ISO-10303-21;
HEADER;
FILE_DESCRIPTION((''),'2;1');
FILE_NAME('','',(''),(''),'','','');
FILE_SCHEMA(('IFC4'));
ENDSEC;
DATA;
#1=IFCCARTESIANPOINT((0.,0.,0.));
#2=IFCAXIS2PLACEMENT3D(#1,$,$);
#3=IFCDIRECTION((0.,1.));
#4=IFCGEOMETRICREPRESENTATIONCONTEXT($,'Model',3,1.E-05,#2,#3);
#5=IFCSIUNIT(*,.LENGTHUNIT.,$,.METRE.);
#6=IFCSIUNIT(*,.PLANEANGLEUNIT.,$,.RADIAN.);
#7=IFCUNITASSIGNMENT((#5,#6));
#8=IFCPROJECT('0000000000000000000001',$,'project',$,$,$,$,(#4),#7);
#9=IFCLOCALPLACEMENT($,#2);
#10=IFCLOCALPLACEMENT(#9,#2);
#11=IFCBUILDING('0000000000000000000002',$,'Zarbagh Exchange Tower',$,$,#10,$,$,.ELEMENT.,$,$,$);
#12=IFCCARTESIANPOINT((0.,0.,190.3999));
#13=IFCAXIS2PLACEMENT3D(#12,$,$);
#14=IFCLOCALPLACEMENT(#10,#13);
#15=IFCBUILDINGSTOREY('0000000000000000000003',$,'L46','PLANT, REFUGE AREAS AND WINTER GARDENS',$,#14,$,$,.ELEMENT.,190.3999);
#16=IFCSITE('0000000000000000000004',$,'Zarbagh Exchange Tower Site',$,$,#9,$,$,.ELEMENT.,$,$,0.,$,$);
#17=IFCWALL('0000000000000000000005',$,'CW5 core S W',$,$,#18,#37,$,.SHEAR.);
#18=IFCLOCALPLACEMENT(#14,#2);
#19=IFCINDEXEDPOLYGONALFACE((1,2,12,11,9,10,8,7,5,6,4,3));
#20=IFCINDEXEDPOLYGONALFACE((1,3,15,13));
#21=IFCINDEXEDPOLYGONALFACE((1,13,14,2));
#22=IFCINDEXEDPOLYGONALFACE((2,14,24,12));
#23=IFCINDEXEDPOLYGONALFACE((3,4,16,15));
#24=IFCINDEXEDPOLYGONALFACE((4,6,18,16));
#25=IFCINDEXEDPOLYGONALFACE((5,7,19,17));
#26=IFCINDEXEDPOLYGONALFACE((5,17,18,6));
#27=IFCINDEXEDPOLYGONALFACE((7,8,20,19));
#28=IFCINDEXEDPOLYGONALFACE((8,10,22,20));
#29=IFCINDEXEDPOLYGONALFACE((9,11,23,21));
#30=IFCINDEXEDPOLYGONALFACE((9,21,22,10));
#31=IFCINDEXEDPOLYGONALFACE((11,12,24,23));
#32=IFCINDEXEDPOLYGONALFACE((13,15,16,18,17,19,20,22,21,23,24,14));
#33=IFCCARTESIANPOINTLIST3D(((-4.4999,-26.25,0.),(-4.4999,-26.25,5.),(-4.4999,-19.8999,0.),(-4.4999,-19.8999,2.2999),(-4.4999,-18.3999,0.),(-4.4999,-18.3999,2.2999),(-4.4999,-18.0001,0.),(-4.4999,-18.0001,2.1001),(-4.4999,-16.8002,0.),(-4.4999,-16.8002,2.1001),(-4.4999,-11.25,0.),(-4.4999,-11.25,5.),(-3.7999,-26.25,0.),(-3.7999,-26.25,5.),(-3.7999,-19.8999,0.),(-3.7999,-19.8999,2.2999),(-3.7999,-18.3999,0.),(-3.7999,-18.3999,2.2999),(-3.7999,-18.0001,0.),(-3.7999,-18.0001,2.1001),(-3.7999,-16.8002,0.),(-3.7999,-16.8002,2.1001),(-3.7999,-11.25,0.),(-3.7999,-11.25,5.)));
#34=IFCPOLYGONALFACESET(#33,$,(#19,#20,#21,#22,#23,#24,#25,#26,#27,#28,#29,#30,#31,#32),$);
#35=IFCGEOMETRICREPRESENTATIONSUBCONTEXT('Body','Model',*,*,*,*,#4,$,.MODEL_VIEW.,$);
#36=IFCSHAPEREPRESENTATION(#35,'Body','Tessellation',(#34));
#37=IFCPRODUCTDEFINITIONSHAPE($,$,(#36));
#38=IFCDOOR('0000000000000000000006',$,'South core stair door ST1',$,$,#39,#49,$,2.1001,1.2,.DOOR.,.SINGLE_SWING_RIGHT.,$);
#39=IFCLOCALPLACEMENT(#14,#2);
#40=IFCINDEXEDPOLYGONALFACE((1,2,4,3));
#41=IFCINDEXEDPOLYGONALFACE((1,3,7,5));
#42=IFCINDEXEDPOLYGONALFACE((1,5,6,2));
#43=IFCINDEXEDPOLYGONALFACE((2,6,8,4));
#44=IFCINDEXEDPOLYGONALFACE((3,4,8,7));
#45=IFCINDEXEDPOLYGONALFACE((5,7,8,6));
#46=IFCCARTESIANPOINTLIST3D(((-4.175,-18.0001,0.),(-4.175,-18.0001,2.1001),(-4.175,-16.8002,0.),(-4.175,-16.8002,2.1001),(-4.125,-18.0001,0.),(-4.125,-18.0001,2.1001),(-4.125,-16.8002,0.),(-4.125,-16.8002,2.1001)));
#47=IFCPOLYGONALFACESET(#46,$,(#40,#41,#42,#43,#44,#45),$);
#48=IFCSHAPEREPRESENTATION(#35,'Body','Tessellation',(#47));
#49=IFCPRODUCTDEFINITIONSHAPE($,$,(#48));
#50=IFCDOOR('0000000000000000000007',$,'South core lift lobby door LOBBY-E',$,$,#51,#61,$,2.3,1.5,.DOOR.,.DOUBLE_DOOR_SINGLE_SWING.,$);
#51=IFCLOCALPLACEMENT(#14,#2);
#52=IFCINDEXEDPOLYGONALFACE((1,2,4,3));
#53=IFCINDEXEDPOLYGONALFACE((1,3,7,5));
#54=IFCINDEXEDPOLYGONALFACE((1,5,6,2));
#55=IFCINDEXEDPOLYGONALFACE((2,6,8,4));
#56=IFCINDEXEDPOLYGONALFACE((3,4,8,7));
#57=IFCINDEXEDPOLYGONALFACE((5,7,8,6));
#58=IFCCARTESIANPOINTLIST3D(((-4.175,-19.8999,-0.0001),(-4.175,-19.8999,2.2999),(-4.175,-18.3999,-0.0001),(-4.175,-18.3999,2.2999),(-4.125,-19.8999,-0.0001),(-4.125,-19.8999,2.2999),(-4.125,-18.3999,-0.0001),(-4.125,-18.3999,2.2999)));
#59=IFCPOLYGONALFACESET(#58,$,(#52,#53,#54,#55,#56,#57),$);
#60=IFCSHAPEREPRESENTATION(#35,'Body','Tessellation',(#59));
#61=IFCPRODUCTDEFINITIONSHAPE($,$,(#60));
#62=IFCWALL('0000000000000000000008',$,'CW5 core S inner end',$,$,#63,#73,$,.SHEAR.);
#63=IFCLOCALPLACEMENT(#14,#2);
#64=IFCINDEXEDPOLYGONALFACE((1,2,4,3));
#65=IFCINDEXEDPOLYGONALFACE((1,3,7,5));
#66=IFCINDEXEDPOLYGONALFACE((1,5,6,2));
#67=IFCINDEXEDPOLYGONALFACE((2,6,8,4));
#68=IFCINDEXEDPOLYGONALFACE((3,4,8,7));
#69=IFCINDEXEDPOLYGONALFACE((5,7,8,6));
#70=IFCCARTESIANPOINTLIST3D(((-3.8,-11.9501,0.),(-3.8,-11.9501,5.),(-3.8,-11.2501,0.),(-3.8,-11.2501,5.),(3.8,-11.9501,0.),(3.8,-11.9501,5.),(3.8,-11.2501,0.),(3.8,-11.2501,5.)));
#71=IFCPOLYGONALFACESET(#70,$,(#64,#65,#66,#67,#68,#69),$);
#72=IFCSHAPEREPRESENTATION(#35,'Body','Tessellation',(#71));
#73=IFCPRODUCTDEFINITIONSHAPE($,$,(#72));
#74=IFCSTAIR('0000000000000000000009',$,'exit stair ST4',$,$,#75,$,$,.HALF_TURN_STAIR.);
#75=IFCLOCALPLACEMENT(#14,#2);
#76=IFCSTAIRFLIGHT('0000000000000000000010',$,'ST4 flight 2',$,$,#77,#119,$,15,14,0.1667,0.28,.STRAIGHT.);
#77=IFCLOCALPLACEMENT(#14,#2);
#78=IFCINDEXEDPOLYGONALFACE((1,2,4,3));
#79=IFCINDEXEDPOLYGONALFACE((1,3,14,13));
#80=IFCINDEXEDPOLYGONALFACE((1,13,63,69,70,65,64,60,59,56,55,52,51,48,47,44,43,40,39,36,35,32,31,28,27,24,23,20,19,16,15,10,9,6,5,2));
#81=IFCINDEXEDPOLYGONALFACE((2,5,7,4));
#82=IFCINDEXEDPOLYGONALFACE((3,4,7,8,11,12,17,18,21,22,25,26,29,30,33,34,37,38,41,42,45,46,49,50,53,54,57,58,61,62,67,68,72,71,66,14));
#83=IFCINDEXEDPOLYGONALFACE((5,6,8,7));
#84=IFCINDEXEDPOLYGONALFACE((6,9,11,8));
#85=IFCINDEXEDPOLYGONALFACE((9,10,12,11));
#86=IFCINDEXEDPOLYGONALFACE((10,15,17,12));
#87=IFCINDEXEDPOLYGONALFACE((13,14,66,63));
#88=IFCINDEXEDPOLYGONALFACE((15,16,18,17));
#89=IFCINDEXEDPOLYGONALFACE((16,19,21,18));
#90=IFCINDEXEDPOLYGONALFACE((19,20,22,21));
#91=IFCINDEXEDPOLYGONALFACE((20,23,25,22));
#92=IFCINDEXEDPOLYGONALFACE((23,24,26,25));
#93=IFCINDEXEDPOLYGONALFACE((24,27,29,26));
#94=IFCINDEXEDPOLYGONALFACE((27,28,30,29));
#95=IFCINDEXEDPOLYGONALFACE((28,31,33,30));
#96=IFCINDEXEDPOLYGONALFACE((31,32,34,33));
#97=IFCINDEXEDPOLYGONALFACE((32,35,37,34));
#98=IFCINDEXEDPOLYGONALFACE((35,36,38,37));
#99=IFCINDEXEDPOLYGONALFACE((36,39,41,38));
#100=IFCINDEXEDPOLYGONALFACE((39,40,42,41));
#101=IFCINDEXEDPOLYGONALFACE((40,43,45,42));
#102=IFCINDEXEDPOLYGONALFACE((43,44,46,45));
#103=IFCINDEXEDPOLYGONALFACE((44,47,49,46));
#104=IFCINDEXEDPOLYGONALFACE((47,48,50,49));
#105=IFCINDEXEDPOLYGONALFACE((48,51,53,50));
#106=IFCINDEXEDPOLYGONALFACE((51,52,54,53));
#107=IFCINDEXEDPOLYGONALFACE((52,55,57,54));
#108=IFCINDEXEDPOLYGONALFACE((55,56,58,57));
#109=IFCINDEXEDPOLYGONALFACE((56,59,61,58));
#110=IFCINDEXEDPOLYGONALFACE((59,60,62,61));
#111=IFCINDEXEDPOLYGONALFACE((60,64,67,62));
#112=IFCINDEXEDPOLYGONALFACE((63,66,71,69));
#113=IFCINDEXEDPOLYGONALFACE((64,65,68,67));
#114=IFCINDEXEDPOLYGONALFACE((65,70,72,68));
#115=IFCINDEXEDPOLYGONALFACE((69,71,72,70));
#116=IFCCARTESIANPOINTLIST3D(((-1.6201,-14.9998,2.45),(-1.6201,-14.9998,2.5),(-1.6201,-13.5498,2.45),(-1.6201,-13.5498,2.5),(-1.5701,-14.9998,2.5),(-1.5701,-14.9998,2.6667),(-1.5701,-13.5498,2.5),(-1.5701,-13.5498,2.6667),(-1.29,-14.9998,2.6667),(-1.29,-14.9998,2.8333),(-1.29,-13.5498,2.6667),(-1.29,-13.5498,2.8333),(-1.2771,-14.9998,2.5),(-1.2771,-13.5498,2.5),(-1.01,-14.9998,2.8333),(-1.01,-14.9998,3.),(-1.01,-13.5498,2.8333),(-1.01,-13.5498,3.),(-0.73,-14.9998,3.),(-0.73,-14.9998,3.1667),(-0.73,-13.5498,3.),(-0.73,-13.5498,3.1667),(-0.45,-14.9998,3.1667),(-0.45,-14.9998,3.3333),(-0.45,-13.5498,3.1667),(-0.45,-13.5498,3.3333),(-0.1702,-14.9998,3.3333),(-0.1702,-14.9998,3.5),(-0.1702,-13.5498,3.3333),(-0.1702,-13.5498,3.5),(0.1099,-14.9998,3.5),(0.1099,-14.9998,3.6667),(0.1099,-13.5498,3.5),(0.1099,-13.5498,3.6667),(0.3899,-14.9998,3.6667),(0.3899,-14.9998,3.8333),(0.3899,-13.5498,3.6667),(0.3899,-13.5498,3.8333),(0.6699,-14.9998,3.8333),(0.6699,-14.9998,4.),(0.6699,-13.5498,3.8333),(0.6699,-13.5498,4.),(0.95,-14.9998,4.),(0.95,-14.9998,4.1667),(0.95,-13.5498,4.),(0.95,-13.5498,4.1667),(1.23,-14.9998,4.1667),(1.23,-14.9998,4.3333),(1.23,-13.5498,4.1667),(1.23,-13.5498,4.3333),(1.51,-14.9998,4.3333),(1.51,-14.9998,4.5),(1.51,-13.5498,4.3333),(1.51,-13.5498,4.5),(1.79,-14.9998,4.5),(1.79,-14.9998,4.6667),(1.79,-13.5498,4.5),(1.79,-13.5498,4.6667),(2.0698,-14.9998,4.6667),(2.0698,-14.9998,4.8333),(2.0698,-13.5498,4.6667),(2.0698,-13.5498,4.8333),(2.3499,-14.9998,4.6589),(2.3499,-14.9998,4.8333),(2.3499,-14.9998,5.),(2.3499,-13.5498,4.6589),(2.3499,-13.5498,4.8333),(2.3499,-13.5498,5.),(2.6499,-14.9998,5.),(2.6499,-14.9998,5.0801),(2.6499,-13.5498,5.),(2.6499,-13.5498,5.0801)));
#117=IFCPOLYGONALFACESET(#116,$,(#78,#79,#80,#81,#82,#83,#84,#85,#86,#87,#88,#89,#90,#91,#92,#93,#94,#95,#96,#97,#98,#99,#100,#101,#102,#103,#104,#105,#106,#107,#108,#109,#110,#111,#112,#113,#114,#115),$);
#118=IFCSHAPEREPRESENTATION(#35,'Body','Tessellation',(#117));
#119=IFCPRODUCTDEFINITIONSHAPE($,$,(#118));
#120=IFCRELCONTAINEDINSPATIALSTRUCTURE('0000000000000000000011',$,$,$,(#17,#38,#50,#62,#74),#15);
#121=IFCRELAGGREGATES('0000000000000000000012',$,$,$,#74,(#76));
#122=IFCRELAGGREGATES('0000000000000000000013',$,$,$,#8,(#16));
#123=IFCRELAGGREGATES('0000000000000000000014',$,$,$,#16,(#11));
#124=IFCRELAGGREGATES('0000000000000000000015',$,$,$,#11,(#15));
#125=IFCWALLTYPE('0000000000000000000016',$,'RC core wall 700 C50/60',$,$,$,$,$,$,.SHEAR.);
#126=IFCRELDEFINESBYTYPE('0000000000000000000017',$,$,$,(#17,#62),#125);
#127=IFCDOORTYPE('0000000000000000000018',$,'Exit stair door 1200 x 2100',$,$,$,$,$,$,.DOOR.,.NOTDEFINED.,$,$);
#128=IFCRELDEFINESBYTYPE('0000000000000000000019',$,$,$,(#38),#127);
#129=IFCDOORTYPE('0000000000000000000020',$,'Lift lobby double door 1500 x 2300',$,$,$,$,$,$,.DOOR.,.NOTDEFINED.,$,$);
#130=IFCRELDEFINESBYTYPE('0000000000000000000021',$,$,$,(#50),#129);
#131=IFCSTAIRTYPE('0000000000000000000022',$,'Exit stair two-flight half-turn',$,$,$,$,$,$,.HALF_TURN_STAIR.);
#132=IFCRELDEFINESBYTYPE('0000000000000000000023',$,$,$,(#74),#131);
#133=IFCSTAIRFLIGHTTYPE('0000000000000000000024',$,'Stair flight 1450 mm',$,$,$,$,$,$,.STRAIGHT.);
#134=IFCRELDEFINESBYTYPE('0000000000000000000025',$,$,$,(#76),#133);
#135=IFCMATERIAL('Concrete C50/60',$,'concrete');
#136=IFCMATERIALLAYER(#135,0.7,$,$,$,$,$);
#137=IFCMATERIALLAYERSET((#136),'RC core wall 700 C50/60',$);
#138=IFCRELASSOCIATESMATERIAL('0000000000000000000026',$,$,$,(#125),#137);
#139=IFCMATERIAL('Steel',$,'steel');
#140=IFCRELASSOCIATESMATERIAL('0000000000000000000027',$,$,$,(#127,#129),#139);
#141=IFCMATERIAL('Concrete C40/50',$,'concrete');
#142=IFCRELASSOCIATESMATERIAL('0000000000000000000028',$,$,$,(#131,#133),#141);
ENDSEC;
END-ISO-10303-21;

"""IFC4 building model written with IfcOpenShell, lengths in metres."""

from ifc_helpers import new_model, si_unit, direction, frame, frame_2d, origin, place, context, subcontext, project, spatial, polyline, rectangle, outline, extrude, material, layer, layer_set, type_object, element, fill, aggregate, save


model = new_model("IFC4")

# Units and contexts
model_context = context("Model", 3, precision=1e-05, world=origin(), true_north=direction((0.0, 1.0)))
body_context = subcontext(model_context, "Body", "Model", "MODEL_VIEW")
ifc_project = project(units=[si_unit("LENGTHUNIT", "METRE"), si_unit("PLANEANGLEUNIT", "RADIAN")], contexts=[model_context])

# Site, building, storey
site_placement = place(None, origin())
site = spatial("IfcSite", under=ifc_project, at=site_placement, Name="Zarbagh Exchange Tower Site", CompositionType="ELEMENT", RefElevation=0.0)
building_placement = place(site_placement, origin())
building = spatial("IfcBuilding", under=site, at=building_placement, Name="Zarbagh Exchange Tower", CompositionType="ELEMENT")
storey_placement = place(building_placement, frame((0.0, 0.0, 190.3999)))
storey = spatial("IfcBuildingStorey", under=building, at=storey_placement, Name="L46", Description="PLANT, REFUGE AREAS AND WINTER GARDENS", CompositionType="ELEMENT", Elevation=190.3999)

# Shared definitions
ifc_material_1 = material(Name="Concrete C50/60", Category="concrete")

# Shared definitions
ifc_material_2 = material(Name="Concrete C40/50", Category="concrete")

# Wall, openings, doors
ifc_layer_1 = layer(ifc_material_1, 0.7)
ifc_layer_set_1 = layer_set([ifc_layer_1], Name="RC core wall 700 C50/60")
wall_type_1 = type_object("IfcWallType", Name="RC core wall 700 C50/60", PredefinedType="SHEAR", material=ifc_layer_set_1)
wall_1_placement = place(storey_placement, frame((-4.1499, -11.25, 0.0), z_axis=(0.0, 0.0, 1.0), x_axis=(0.0, -1.0, 0.0)))
wall_1 = element("IfcWall", 1, at=wall_1_placement, inside=storey, type_object=wall_type_1, Name="CW5 core S W", PredefinedType="SHEAR", context=body_context, shape_type="SweptSolid", body=[
    extrude(rectangle(XDim=15.0, YDim=0.7, at=frame_2d((7.5, 0.0))), origin(), (0.0, 0.0, 1.0), 5.0),
])
opening_1_placement = place(wall_1_placement, frame((7.1499, 0.0, 0.0)))
opening_1 = element("IfcOpeningElement", 2, at=opening_1_placement, cuts=wall_1, PredefinedType="OPENING", context=body_context, shape_type="SweptSolid", body=[
    extrude(rectangle(XDim=1.5, YDim=2.3, at=frame_2d((0.75, 1.1499))), frame((0.0, 0.3599, 0.0), z_axis=(0.0, -1.0, 0.0), x_axis=(1.0, 0.0, 0.0)), (0.0, 0.0, 1.0), 0.72),
])
opening_2_placement = place(wall_1_placement, frame((5.55, 0.0, 0.0)))
opening_2 = element("IfcOpeningElement", 3, at=opening_2_placement, cuts=wall_1, PredefinedType="OPENING", context=body_context, shape_type="SweptSolid", body=[
    extrude(rectangle(XDim=1.2, YDim=2.1001, at=frame_2d((0.6001, 1.05))), frame((0.0, 0.3599, 0.0), z_axis=(0.0, -1.0, 0.0), x_axis=(1.0, 0.0, 0.0)), (0.0, 0.0, 1.0), 0.72),
])
ifc_material_3 = material(Name="Steel", Category="steel")
door_type_1 = type_object("IfcDoorType", Name="Exit stair door 1200 x 2100", OperationType="NOTDEFINED", PredefinedType="DOOR", material=ifc_material_3)
door_1_placement = place(opening_2_placement, origin())
door_1 = element("IfcDoor", 4, at=door_1_placement, inside=storey, type_object=door_type_1, Name="South core stair door ST1", OperationType="SINGLE_SWING_RIGHT", OverallHeight=2.1001, OverallWidth=1.2, PredefinedType="DOOR", context=body_context, shape_type="SweptSolid", body=[
    extrude(rectangle(XDim=1.2, YDim=2.1001, at=frame_2d((0.6001, 1.05))), frame((0.0, 0.0249, 0.0), z_axis=(0.0, -1.0, 0.0), x_axis=(1.0, 0.0, 0.0)), (0.0, 0.0, 1.0), 0.05),
])
fill(opening_2, door_1)
door_type_2 = type_object("IfcDoorType", Name="Lift lobby double door 1500 x 2300", OperationType="NOTDEFINED", PredefinedType="DOOR", material=ifc_material_3)
door_2_placement = place(opening_1_placement, origin())
door_2 = element("IfcDoor", 5, at=door_2_placement, inside=storey, type_object=door_type_2, Name="South core lift lobby door LOBBY-E", OperationType="DOUBLE_DOOR_SINGLE_SWING", OverallHeight=2.3, OverallWidth=1.5, PredefinedType="DOOR", context=body_context, shape_type="SweptSolid", body=[
    extrude(rectangle(XDim=1.5, YDim=2.3, at=frame_2d((0.75, 1.1499))), frame((0.0, 0.0249, 0.0), z_axis=(0.0, -1.0, 0.0), x_axis=(1.0, 0.0, 0.0)), (0.0, 0.0, 1.0), 0.05),
])
fill(opening_1, door_2)

# Wall
wall_2_placement = place(storey_placement, frame((-3.8, -11.6001, 0.0), z_axis=(0.0, 0.0, 1.0), x_axis=(1.0, 0.0, 0.0)))
element("IfcWall", 6, at=wall_2_placement, inside=storey, type_object=wall_type_1, Name="CW5 core S inner end", PredefinedType="SHEAR", context=body_context, shape_type="SweptSolid", body=[
    extrude(rectangle(XDim=7.6001, YDim=0.7, at=frame_2d((3.8, 0.0))), origin(), (0.0, 0.0, 1.0), 5.0),
])

# Stair, stair flight
stair_type = type_object("IfcStairType", Name="Exit stair two-flight half-turn", PredefinedType="HALF_TURN_STAIR", material=ifc_material_2)
stair_placement = place(storey_placement, origin())
stair = element("IfcStair", 7, at=stair_placement, inside=storey, type_object=stair_type, Name="exit stair ST4", PredefinedType="HALF_TURN_STAIR")
stair_flight_type = type_object("IfcStairFlightType", Name="Stair flight 1450 mm", PredefinedType="STRAIGHT", material=ifc_material_2)
stair_flight_placement = place(storey_placement, frame((-1.5701, -14.2749, 2.5), z_axis=(0.0, 0.0, 1.0), x_axis=(1.0, 0.0, 0.0)))
stair_flight = element("IfcStairFlight", 8, at=stair_flight_placement, type_object=stair_flight_type, Name="ST4 flight 2", NumberOfRisers=15, NumberOfTreads=14, PredefinedType="STRAIGHT", RiserHeight=0.1667, TreadLength=0.28, context=body_context, shape_type="SweptSolid", body=[
    extrude(outline(polyline([(-0.05, -0.05), (-0.05, 0.0), (0.0, 0.0), (0.0, 0.1667), (0.28, 0.1667), (0.28, 0.3333), (0.5601, 0.3333), (0.5601, 0.5), (0.8401, 0.5), (0.8401, 0.6667), (1.1201, 0.6667), (1.1201, 0.8333), (1.3999, 0.8333), (1.3999, 1.0), (1.6799, 1.0), (1.6799, 1.1667), (1.96, 1.1667), (1.96, 1.3333), (2.24, 1.3333), (2.24, 1.5), (2.52, 1.5), (2.52, 1.6667), (2.8, 1.6667), (2.8, 1.8333), (3.0801, 1.8333), (3.0801, 2.0), (3.3601, 2.0), (3.3601, 2.1667), (3.6399, 2.1667), (3.6399, 2.3333), (3.9199, 2.3333), (3.9199, 2.5), (4.22, 2.5801), (4.22, 2.5), (3.9199, 2.1589), (0.293, 0.0), (-0.05, -0.05)])), frame((0.0, 0.7251, 0.0), z_axis=(0.0, -1.0, 0.0), x_axis=(1.0, 0.0, 0.0)), (0.0, 0.0, 1.0), 1.45),
])
aggregate(stair, [stair_flight])

save(model, "model.ifc")
